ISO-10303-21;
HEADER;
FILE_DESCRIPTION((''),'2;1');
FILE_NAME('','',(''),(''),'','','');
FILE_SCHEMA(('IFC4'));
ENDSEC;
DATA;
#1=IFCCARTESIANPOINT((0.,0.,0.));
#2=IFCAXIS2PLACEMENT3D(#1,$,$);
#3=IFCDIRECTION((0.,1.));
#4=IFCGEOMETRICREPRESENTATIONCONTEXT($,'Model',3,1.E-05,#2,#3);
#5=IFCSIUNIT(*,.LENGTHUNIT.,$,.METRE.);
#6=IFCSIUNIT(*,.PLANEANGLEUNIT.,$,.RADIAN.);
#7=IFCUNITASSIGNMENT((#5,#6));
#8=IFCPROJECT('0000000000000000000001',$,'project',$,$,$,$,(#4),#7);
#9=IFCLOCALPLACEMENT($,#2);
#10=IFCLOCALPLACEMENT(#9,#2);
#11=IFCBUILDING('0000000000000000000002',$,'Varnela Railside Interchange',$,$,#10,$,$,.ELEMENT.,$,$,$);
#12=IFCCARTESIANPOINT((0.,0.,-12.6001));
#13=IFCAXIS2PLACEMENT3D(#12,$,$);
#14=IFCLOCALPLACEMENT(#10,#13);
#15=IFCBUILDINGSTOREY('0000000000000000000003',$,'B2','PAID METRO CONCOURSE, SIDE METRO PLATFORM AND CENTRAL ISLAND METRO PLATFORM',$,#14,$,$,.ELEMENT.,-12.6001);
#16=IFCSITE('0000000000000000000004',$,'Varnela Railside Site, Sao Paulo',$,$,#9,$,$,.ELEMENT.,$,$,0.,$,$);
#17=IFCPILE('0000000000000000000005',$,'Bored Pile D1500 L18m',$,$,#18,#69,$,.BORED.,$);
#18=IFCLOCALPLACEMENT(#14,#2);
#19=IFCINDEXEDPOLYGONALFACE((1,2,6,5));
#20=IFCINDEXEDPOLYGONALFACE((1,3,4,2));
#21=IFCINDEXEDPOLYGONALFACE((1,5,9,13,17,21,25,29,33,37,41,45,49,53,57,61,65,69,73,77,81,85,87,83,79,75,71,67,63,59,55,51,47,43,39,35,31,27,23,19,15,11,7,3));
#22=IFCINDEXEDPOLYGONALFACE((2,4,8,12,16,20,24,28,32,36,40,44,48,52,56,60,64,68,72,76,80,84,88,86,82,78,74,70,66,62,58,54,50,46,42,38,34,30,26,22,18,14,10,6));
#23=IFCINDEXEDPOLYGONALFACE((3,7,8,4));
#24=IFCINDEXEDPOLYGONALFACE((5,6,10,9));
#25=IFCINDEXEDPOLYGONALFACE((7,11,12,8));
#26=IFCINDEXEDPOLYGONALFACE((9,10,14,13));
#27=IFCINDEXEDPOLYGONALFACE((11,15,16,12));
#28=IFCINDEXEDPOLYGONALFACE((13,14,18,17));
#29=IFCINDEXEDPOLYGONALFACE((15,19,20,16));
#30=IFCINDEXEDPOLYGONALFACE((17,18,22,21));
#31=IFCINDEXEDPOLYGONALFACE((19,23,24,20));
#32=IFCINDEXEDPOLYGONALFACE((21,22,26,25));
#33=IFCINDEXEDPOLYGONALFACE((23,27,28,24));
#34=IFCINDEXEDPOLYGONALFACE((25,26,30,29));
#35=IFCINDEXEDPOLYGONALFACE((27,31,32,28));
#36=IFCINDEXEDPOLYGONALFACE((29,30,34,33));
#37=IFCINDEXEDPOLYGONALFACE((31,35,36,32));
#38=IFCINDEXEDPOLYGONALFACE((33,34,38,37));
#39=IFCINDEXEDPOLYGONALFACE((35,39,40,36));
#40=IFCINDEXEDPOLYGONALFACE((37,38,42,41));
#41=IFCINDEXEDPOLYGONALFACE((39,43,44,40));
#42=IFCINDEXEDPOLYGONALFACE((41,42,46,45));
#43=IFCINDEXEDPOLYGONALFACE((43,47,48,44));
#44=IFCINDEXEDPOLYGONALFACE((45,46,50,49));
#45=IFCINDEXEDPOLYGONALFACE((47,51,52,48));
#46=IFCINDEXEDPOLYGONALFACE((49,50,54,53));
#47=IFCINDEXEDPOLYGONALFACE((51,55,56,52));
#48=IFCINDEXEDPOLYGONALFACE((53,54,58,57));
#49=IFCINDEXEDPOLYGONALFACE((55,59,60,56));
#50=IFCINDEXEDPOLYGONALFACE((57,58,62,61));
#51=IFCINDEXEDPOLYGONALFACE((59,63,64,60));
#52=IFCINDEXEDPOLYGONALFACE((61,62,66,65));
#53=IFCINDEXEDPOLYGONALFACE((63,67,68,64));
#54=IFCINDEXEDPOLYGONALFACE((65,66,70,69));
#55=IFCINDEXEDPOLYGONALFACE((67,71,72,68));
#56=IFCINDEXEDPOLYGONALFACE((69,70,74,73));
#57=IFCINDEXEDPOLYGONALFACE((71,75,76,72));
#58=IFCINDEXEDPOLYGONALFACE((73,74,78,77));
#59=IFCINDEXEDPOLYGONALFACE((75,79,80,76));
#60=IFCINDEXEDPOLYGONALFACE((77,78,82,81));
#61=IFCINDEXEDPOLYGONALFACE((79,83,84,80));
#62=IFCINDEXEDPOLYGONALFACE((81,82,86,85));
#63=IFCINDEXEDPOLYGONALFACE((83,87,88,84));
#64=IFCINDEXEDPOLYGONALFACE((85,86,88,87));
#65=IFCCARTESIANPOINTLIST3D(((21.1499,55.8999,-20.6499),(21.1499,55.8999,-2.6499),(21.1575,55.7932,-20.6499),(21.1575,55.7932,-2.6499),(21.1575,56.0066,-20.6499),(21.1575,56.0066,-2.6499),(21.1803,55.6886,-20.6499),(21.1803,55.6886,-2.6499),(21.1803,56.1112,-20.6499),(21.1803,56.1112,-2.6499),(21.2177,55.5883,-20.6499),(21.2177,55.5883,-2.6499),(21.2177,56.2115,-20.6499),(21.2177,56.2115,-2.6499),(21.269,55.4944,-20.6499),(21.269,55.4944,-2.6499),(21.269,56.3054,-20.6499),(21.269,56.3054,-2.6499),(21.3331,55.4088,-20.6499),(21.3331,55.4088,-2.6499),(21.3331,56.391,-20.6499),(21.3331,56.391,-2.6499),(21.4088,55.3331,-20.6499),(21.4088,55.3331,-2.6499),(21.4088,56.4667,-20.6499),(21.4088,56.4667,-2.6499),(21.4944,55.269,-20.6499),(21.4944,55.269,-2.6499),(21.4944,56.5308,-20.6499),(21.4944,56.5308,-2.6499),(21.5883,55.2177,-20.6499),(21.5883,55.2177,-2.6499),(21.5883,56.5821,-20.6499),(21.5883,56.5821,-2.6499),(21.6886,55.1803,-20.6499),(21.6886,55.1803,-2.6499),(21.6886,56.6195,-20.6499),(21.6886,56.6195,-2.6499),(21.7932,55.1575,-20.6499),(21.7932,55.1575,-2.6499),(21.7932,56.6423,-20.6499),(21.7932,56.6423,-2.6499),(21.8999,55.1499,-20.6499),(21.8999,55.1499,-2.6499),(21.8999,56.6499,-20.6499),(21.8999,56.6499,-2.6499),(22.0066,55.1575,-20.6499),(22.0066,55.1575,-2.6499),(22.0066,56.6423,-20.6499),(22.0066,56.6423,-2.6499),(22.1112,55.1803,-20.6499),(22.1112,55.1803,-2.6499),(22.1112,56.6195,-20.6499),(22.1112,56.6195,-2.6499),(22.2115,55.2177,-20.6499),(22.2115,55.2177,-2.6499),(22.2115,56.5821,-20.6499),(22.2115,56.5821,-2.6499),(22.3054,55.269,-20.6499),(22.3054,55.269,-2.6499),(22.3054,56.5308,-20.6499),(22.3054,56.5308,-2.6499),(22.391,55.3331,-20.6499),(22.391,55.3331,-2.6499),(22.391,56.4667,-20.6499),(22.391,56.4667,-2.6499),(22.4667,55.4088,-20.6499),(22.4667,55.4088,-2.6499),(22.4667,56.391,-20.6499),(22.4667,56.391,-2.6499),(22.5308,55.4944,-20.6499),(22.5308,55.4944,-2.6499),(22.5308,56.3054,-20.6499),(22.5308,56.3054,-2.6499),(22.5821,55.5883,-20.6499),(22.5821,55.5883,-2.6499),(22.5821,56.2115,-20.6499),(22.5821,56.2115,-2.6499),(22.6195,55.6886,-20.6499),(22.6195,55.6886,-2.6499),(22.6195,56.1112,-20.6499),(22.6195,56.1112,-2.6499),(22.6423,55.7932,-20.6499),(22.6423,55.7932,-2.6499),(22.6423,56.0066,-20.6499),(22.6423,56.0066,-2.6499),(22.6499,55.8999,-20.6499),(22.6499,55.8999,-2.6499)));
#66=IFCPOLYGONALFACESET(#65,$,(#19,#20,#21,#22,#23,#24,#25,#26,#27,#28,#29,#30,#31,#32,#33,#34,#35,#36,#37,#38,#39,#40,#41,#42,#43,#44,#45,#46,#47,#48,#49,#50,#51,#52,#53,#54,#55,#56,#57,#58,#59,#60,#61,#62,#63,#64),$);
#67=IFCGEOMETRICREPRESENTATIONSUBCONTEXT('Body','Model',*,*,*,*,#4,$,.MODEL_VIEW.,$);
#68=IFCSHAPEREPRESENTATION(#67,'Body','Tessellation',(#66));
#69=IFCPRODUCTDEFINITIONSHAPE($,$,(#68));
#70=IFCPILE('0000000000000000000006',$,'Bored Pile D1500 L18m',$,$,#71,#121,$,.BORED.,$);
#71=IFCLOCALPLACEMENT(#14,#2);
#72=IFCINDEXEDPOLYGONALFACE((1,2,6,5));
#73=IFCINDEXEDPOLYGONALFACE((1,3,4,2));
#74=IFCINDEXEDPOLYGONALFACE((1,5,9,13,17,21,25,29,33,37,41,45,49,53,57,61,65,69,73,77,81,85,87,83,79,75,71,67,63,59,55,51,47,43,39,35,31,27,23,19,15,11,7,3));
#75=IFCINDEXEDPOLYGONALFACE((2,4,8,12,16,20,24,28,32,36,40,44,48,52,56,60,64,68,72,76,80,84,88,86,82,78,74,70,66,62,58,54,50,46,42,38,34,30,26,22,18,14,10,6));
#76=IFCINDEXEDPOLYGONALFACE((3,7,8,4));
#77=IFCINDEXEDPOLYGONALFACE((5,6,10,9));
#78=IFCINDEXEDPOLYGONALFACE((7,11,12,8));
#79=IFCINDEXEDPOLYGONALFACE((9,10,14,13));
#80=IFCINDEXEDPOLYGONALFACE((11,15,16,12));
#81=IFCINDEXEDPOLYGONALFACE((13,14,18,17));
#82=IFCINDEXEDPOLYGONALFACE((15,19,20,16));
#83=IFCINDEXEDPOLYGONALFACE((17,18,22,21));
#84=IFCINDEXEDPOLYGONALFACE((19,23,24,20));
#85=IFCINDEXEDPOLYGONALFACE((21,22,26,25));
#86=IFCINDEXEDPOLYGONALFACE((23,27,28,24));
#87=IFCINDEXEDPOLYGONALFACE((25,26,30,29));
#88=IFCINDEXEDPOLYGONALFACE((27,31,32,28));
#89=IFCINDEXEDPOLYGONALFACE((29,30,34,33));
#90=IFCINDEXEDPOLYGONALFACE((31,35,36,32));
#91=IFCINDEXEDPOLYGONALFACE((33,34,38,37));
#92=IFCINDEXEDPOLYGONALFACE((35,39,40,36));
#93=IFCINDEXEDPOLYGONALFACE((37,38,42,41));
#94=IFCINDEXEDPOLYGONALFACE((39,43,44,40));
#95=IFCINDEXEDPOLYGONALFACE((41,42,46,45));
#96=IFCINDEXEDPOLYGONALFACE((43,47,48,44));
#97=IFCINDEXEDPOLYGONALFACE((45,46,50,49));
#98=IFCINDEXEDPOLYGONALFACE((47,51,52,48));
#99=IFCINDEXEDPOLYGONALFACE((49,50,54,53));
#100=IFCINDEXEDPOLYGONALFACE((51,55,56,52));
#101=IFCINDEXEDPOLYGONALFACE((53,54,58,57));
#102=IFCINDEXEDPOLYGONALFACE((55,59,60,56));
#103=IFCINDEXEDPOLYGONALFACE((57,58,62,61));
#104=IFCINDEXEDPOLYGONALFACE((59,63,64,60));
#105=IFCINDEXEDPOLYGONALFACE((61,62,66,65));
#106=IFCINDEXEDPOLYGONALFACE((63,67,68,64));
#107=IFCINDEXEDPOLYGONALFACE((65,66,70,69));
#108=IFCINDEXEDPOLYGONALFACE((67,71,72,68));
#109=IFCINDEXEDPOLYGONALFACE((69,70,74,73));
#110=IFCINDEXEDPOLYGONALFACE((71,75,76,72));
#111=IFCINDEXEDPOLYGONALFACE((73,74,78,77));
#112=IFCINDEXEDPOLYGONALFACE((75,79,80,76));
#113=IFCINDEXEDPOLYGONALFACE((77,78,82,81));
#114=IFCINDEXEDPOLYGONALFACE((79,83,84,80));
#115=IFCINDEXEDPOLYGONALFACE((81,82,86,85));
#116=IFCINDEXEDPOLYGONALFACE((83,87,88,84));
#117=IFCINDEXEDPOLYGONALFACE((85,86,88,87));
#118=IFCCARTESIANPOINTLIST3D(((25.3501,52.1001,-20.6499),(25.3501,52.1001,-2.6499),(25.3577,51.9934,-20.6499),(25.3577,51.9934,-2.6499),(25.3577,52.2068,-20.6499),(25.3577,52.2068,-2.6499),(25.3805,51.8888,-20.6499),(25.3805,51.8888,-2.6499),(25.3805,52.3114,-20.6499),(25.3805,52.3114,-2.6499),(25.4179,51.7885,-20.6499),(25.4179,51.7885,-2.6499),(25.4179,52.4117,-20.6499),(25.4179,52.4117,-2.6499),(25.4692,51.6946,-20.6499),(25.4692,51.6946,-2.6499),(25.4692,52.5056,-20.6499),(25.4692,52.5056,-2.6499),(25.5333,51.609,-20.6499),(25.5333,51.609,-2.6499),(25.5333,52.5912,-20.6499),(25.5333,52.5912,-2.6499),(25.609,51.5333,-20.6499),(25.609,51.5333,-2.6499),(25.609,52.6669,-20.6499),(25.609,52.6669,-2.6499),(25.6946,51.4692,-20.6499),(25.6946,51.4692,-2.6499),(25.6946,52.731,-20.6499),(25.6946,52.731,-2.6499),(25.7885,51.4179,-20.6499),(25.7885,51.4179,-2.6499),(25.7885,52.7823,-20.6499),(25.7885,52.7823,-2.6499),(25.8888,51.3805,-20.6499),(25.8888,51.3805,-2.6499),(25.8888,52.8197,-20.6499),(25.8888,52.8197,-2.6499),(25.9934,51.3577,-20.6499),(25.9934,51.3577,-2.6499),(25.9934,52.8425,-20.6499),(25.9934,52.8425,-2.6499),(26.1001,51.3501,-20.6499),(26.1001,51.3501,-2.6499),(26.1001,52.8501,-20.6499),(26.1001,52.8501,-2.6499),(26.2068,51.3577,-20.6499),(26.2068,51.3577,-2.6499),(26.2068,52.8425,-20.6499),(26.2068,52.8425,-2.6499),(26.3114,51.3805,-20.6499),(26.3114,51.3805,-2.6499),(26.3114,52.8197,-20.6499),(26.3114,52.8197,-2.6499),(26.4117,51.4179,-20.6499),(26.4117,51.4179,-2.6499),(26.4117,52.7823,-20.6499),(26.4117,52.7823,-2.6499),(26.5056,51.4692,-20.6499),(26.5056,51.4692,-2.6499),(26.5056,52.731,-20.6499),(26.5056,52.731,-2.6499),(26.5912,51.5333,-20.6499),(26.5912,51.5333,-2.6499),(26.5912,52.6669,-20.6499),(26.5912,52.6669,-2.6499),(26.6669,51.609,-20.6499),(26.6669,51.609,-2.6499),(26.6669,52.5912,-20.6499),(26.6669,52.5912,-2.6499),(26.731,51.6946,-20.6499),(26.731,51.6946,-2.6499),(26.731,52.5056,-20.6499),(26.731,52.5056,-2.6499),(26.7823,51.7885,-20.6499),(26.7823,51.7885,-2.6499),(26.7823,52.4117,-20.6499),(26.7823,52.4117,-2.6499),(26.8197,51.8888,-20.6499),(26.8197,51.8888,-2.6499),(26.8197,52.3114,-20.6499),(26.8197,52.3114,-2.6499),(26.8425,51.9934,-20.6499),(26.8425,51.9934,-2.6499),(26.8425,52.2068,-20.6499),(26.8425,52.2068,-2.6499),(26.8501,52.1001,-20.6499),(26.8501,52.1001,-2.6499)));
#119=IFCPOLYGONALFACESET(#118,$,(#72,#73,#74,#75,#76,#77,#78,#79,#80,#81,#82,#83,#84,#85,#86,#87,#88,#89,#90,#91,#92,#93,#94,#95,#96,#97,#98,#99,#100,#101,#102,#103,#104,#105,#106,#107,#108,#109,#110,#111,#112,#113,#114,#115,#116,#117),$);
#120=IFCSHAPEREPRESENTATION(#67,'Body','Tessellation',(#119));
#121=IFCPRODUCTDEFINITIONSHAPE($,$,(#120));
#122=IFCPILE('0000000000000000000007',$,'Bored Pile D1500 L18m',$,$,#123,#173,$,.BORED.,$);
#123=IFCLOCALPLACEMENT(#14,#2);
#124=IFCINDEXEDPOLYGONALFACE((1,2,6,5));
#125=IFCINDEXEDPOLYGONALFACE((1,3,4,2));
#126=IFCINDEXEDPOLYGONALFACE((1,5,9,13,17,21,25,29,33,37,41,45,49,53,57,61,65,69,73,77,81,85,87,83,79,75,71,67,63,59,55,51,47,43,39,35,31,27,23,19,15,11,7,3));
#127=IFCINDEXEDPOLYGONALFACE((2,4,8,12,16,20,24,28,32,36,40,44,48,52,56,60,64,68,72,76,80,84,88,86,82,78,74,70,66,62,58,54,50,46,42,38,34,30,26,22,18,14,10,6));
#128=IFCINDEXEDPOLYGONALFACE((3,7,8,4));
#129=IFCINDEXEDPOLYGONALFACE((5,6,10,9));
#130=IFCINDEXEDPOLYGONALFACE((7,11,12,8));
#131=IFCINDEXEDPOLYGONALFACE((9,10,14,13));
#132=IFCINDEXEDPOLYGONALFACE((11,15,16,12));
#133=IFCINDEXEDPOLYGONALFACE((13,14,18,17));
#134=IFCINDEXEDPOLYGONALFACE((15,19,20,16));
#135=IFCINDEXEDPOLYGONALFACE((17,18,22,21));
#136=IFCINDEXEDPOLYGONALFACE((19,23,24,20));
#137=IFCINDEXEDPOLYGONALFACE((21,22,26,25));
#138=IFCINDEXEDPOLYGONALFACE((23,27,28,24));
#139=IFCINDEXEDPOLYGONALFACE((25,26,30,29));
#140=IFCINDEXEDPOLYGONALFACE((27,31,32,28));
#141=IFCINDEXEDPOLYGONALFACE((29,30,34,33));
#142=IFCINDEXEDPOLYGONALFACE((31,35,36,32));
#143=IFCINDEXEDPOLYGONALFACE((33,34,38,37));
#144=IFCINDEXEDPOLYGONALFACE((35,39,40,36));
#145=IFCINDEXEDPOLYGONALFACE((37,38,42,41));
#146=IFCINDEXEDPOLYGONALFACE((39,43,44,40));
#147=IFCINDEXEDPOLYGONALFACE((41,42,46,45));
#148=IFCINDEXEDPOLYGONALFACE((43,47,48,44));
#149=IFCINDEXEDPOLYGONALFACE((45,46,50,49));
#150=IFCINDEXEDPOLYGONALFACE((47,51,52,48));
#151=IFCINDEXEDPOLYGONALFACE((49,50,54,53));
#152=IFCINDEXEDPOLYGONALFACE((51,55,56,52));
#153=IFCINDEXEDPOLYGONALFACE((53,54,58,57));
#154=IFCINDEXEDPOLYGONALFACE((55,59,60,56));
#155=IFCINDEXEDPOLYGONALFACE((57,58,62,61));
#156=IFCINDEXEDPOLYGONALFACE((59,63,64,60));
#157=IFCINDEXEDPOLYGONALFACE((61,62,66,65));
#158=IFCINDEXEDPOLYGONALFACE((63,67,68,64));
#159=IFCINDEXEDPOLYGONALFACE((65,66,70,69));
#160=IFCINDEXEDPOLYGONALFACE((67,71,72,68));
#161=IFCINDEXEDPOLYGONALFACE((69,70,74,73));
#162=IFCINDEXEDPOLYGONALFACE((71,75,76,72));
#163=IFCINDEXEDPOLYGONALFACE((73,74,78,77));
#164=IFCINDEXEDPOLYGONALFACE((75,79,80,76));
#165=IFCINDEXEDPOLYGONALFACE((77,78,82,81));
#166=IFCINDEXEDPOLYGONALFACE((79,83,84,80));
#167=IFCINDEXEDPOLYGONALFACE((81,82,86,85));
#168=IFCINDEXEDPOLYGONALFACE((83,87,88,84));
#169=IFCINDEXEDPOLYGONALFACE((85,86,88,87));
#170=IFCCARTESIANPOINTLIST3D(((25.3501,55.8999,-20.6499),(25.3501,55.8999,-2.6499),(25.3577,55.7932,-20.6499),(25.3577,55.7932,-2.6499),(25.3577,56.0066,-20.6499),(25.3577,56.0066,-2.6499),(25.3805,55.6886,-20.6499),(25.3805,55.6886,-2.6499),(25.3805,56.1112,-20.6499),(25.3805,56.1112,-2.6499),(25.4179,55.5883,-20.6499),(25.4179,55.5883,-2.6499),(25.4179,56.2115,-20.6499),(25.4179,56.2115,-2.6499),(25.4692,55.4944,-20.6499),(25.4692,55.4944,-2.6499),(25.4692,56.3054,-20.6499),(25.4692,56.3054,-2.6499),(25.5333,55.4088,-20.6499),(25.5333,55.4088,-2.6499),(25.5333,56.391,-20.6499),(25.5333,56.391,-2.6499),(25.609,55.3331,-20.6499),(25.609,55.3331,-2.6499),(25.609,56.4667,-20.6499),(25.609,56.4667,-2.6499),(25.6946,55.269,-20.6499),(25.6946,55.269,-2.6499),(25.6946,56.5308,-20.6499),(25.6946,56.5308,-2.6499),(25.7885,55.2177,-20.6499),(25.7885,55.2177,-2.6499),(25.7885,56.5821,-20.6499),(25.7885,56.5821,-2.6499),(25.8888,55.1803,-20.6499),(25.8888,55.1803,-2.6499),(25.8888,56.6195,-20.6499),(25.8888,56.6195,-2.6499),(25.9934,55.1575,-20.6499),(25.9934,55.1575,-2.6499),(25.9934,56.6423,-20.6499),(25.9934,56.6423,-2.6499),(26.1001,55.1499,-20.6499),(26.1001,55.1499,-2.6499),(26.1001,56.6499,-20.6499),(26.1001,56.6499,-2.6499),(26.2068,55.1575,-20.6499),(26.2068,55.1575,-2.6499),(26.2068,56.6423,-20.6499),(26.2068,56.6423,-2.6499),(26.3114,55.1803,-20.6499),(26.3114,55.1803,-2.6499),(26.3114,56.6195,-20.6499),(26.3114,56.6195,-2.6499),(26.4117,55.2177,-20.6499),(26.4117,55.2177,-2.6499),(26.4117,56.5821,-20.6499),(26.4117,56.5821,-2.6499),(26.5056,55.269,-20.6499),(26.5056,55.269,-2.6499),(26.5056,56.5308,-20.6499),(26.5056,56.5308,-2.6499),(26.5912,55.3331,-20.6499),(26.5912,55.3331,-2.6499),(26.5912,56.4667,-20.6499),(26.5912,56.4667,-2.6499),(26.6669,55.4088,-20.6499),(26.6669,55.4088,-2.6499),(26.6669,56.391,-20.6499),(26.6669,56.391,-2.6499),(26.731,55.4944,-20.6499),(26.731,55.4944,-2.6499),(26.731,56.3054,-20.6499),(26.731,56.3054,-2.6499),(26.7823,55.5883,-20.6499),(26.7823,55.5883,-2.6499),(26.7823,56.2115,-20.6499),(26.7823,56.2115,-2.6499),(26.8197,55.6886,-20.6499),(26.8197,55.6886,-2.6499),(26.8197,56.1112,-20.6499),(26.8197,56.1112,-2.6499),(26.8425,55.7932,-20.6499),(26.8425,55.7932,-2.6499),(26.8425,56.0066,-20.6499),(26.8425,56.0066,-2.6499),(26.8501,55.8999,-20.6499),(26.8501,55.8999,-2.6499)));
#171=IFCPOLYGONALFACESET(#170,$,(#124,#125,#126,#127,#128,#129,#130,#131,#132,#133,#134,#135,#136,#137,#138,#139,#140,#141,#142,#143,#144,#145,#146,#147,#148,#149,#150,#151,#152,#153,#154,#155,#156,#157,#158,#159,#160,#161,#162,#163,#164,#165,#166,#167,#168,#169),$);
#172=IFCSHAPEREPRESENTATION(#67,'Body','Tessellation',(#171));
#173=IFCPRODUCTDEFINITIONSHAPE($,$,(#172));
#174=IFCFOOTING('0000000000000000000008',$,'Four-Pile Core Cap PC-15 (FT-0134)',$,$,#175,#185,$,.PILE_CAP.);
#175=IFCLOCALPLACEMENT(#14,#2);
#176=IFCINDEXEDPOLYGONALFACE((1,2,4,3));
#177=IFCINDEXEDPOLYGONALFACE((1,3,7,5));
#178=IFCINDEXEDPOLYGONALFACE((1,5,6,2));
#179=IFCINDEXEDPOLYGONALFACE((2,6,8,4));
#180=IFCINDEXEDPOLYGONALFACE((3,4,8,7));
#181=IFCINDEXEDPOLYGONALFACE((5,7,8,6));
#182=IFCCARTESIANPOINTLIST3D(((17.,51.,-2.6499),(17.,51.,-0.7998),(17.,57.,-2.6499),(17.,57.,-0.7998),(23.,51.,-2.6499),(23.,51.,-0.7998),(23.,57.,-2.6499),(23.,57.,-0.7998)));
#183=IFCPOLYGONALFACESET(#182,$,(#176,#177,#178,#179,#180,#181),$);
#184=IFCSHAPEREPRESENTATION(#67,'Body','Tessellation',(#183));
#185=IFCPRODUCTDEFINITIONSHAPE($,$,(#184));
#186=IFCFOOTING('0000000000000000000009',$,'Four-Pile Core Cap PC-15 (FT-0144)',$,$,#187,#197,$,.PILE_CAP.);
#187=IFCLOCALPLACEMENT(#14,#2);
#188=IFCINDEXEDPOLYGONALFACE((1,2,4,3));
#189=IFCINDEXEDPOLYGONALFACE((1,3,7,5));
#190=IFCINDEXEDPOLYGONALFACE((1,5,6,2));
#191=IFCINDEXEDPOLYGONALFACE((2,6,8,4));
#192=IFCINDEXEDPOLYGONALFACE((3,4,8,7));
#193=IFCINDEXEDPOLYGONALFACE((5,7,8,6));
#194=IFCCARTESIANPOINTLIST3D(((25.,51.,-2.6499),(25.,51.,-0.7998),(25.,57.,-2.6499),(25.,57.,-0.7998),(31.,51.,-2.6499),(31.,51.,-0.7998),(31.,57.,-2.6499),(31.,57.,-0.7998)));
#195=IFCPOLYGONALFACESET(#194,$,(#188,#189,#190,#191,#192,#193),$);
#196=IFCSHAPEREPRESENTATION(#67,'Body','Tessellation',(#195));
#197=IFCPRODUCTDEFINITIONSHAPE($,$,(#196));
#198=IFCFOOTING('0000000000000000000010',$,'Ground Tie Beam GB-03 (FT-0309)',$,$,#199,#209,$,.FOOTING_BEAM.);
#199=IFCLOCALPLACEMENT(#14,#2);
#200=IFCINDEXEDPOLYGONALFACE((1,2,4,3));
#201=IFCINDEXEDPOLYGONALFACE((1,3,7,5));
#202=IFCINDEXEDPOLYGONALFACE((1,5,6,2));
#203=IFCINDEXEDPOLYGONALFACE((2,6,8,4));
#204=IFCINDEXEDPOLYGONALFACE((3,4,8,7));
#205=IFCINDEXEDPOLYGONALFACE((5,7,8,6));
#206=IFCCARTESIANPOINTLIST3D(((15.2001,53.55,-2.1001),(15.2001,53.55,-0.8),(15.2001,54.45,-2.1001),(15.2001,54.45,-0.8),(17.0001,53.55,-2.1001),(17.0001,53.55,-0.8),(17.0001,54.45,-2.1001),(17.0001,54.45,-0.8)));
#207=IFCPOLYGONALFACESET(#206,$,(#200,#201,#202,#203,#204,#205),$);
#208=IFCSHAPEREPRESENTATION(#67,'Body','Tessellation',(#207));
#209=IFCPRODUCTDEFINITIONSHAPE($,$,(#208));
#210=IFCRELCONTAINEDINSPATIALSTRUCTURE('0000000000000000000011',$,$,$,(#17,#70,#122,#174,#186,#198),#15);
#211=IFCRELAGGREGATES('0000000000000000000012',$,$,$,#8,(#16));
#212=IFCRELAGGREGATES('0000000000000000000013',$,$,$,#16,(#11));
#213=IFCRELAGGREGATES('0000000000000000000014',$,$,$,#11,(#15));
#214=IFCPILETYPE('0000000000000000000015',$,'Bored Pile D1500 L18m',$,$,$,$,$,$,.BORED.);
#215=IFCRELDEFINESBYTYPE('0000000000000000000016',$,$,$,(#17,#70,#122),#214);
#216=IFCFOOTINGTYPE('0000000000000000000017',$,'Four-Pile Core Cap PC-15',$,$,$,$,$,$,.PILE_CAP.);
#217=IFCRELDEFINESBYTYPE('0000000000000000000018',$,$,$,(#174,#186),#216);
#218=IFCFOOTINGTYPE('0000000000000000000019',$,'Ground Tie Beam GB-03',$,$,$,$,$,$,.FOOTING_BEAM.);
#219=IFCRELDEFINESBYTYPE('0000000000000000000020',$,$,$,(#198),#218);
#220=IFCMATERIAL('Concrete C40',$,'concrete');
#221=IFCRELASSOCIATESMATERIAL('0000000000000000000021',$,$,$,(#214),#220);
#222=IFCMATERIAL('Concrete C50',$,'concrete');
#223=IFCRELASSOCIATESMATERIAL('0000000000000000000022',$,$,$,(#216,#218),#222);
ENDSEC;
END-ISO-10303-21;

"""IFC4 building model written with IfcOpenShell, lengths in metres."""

from ifc_helpers import new_model, si_unit, direction, frame, origin, origin_2d, place, context, subcontext, project, spatial, rectangle, circle, extrude, material, material_profile, profile_set, type_object, element, save


model = new_model("IFC4")

# Units and contexts
model_context = context("Model", 3, precision=1e-05, world=origin(), true_north=direction((0.0, 1.0)))
body_context = subcontext(model_context, "Body", "Model", "MODEL_VIEW")
ifc_project = project(units=[si_unit("LENGTHUNIT", "METRE"), si_unit("PLANEANGLEUNIT", "RADIAN")], contexts=[model_context])

# Site, building, storey
site_placement = place(None, origin())
site = spatial("IfcSite", under=ifc_project, at=site_placement, Name="Varnela Railside Site, Sao Paulo", CompositionType="ELEMENT", RefElevation=0.0)
building_placement = place(site_placement, origin())
building = spatial("IfcBuilding", under=site, at=building_placement, Name="Varnela Railside Interchange", CompositionType="ELEMENT")
storey_placement = place(building_placement, frame((0.0, 0.0, -12.6001)))
storey = spatial("IfcBuildingStorey", under=building, at=storey_placement, Name="B2", Description="PAID METRO CONCOURSE, SIDE METRO PLATFORM AND CENTRAL ISLAND METRO PLATFORM", CompositionType="ELEMENT", Elevation=-12.6001)

# Piles
ifc_material_1 = material(Name="Concrete C40", Category="concrete")
ifc_material_profile_1 = material_profile(ifc_material_1, circle(Radius=0.75, at=origin_2d()), Name="BORED PILE D1500")
ifc_profile_set_1 = profile_set([ifc_material_profile_1], Name="Concrete C40")
pile_type = type_object("IfcPileType", Name="Bored Pile D1500 L18m", PredefinedType="BORED", material=ifc_profile_set_1)
for number, where, z_axis, x_axis, name in (
    (1, (21.8999, 55.8999, -2.6499), (0.0, 0.0, -1.0), (1.0, 0.0, 0.0), "Bored Pile D1500 L18m"),
    (2, (26.1001, 52.1001, -2.6499), (0.0, 0.0, -1.0), (1.0, 0.0, 0.0), "Bored Pile D1500 L18m"),
    (3, (26.1001, 55.8999, -2.6499), (0.0, 0.0, -1.0), (1.0, 0.0, 0.0), "Bored Pile D1500 L18m"),
):
    element("IfcPile", number, at=place(storey_placement, frame(where, z_axis=z_axis, x_axis=x_axis)), inside=storey, type_object=pile_type, Name=name, PredefinedType="BORED", context=body_context, shape_type="SweptSolid", body=[
        extrude(circle(Radius=0.75, at=origin_2d()), origin(), (0.0, 0.0, 1.0), 18.0),
    ])

# Footings
ifc_material_2 = material(Name="Concrete C50", Category="concrete")
footing_type_1 = type_object("IfcFootingType", Name="Four-Pile Core Cap PC-15", PredefinedType="PILE_CAP", material=ifc_material_2)
for number, where, z_axis, x_axis, name in (
    (4, (20.0, 54.0, -2.6499), (0.0, 0.0, 1.0), (1.0, 0.0, 0.0), "Four-Pile Core Cap PC-15 (FT-0134)"),
    (5, (28.0, 54.0, -2.6499), (0.0, 0.0, 1.0), (1.0, 0.0, 0.0), "Four-Pile Core Cap PC-15 (FT-0144)"),
):
    element("IfcFooting", number, at=place(storey_placement, frame(where, z_axis=z_axis, x_axis=x_axis)), inside=storey, type_object=footing_type_1, Name=name, PredefinedType="PILE_CAP", context=body_context, shape_type="SweptSolid", body=[
        extrude(rectangle(XDim=6.0, YDim=6.0, at=origin_2d()), origin(), (0.0, 0.0, 1.0), 1.8501),
    ])
footing_type_2 = type_object("IfcFootingType", Name="Ground Tie Beam GB-03", PredefinedType="FOOTING_BEAM", material=ifc_material_2)
footing_1_placement = place(storey_placement, frame((16.1001, 54.0, -2.1001), z_axis=(0.0, 0.0, 1.0), x_axis=(1.0, 0.0, 0.0)))
element("IfcFooting", 6, at=footing_1_placement, inside=storey, type_object=footing_type_2, Name="Ground Tie Beam GB-03 (FT-0309)", PredefinedType="FOOTING_BEAM", context=body_context, shape_type="SweptSolid", body=[
    extrude(rectangle(XDim=1.8, YDim=0.8999, at=origin_2d()), origin(), (0.0, 0.0, 1.0), 1.3),
])

save(model, "model.ifc")
